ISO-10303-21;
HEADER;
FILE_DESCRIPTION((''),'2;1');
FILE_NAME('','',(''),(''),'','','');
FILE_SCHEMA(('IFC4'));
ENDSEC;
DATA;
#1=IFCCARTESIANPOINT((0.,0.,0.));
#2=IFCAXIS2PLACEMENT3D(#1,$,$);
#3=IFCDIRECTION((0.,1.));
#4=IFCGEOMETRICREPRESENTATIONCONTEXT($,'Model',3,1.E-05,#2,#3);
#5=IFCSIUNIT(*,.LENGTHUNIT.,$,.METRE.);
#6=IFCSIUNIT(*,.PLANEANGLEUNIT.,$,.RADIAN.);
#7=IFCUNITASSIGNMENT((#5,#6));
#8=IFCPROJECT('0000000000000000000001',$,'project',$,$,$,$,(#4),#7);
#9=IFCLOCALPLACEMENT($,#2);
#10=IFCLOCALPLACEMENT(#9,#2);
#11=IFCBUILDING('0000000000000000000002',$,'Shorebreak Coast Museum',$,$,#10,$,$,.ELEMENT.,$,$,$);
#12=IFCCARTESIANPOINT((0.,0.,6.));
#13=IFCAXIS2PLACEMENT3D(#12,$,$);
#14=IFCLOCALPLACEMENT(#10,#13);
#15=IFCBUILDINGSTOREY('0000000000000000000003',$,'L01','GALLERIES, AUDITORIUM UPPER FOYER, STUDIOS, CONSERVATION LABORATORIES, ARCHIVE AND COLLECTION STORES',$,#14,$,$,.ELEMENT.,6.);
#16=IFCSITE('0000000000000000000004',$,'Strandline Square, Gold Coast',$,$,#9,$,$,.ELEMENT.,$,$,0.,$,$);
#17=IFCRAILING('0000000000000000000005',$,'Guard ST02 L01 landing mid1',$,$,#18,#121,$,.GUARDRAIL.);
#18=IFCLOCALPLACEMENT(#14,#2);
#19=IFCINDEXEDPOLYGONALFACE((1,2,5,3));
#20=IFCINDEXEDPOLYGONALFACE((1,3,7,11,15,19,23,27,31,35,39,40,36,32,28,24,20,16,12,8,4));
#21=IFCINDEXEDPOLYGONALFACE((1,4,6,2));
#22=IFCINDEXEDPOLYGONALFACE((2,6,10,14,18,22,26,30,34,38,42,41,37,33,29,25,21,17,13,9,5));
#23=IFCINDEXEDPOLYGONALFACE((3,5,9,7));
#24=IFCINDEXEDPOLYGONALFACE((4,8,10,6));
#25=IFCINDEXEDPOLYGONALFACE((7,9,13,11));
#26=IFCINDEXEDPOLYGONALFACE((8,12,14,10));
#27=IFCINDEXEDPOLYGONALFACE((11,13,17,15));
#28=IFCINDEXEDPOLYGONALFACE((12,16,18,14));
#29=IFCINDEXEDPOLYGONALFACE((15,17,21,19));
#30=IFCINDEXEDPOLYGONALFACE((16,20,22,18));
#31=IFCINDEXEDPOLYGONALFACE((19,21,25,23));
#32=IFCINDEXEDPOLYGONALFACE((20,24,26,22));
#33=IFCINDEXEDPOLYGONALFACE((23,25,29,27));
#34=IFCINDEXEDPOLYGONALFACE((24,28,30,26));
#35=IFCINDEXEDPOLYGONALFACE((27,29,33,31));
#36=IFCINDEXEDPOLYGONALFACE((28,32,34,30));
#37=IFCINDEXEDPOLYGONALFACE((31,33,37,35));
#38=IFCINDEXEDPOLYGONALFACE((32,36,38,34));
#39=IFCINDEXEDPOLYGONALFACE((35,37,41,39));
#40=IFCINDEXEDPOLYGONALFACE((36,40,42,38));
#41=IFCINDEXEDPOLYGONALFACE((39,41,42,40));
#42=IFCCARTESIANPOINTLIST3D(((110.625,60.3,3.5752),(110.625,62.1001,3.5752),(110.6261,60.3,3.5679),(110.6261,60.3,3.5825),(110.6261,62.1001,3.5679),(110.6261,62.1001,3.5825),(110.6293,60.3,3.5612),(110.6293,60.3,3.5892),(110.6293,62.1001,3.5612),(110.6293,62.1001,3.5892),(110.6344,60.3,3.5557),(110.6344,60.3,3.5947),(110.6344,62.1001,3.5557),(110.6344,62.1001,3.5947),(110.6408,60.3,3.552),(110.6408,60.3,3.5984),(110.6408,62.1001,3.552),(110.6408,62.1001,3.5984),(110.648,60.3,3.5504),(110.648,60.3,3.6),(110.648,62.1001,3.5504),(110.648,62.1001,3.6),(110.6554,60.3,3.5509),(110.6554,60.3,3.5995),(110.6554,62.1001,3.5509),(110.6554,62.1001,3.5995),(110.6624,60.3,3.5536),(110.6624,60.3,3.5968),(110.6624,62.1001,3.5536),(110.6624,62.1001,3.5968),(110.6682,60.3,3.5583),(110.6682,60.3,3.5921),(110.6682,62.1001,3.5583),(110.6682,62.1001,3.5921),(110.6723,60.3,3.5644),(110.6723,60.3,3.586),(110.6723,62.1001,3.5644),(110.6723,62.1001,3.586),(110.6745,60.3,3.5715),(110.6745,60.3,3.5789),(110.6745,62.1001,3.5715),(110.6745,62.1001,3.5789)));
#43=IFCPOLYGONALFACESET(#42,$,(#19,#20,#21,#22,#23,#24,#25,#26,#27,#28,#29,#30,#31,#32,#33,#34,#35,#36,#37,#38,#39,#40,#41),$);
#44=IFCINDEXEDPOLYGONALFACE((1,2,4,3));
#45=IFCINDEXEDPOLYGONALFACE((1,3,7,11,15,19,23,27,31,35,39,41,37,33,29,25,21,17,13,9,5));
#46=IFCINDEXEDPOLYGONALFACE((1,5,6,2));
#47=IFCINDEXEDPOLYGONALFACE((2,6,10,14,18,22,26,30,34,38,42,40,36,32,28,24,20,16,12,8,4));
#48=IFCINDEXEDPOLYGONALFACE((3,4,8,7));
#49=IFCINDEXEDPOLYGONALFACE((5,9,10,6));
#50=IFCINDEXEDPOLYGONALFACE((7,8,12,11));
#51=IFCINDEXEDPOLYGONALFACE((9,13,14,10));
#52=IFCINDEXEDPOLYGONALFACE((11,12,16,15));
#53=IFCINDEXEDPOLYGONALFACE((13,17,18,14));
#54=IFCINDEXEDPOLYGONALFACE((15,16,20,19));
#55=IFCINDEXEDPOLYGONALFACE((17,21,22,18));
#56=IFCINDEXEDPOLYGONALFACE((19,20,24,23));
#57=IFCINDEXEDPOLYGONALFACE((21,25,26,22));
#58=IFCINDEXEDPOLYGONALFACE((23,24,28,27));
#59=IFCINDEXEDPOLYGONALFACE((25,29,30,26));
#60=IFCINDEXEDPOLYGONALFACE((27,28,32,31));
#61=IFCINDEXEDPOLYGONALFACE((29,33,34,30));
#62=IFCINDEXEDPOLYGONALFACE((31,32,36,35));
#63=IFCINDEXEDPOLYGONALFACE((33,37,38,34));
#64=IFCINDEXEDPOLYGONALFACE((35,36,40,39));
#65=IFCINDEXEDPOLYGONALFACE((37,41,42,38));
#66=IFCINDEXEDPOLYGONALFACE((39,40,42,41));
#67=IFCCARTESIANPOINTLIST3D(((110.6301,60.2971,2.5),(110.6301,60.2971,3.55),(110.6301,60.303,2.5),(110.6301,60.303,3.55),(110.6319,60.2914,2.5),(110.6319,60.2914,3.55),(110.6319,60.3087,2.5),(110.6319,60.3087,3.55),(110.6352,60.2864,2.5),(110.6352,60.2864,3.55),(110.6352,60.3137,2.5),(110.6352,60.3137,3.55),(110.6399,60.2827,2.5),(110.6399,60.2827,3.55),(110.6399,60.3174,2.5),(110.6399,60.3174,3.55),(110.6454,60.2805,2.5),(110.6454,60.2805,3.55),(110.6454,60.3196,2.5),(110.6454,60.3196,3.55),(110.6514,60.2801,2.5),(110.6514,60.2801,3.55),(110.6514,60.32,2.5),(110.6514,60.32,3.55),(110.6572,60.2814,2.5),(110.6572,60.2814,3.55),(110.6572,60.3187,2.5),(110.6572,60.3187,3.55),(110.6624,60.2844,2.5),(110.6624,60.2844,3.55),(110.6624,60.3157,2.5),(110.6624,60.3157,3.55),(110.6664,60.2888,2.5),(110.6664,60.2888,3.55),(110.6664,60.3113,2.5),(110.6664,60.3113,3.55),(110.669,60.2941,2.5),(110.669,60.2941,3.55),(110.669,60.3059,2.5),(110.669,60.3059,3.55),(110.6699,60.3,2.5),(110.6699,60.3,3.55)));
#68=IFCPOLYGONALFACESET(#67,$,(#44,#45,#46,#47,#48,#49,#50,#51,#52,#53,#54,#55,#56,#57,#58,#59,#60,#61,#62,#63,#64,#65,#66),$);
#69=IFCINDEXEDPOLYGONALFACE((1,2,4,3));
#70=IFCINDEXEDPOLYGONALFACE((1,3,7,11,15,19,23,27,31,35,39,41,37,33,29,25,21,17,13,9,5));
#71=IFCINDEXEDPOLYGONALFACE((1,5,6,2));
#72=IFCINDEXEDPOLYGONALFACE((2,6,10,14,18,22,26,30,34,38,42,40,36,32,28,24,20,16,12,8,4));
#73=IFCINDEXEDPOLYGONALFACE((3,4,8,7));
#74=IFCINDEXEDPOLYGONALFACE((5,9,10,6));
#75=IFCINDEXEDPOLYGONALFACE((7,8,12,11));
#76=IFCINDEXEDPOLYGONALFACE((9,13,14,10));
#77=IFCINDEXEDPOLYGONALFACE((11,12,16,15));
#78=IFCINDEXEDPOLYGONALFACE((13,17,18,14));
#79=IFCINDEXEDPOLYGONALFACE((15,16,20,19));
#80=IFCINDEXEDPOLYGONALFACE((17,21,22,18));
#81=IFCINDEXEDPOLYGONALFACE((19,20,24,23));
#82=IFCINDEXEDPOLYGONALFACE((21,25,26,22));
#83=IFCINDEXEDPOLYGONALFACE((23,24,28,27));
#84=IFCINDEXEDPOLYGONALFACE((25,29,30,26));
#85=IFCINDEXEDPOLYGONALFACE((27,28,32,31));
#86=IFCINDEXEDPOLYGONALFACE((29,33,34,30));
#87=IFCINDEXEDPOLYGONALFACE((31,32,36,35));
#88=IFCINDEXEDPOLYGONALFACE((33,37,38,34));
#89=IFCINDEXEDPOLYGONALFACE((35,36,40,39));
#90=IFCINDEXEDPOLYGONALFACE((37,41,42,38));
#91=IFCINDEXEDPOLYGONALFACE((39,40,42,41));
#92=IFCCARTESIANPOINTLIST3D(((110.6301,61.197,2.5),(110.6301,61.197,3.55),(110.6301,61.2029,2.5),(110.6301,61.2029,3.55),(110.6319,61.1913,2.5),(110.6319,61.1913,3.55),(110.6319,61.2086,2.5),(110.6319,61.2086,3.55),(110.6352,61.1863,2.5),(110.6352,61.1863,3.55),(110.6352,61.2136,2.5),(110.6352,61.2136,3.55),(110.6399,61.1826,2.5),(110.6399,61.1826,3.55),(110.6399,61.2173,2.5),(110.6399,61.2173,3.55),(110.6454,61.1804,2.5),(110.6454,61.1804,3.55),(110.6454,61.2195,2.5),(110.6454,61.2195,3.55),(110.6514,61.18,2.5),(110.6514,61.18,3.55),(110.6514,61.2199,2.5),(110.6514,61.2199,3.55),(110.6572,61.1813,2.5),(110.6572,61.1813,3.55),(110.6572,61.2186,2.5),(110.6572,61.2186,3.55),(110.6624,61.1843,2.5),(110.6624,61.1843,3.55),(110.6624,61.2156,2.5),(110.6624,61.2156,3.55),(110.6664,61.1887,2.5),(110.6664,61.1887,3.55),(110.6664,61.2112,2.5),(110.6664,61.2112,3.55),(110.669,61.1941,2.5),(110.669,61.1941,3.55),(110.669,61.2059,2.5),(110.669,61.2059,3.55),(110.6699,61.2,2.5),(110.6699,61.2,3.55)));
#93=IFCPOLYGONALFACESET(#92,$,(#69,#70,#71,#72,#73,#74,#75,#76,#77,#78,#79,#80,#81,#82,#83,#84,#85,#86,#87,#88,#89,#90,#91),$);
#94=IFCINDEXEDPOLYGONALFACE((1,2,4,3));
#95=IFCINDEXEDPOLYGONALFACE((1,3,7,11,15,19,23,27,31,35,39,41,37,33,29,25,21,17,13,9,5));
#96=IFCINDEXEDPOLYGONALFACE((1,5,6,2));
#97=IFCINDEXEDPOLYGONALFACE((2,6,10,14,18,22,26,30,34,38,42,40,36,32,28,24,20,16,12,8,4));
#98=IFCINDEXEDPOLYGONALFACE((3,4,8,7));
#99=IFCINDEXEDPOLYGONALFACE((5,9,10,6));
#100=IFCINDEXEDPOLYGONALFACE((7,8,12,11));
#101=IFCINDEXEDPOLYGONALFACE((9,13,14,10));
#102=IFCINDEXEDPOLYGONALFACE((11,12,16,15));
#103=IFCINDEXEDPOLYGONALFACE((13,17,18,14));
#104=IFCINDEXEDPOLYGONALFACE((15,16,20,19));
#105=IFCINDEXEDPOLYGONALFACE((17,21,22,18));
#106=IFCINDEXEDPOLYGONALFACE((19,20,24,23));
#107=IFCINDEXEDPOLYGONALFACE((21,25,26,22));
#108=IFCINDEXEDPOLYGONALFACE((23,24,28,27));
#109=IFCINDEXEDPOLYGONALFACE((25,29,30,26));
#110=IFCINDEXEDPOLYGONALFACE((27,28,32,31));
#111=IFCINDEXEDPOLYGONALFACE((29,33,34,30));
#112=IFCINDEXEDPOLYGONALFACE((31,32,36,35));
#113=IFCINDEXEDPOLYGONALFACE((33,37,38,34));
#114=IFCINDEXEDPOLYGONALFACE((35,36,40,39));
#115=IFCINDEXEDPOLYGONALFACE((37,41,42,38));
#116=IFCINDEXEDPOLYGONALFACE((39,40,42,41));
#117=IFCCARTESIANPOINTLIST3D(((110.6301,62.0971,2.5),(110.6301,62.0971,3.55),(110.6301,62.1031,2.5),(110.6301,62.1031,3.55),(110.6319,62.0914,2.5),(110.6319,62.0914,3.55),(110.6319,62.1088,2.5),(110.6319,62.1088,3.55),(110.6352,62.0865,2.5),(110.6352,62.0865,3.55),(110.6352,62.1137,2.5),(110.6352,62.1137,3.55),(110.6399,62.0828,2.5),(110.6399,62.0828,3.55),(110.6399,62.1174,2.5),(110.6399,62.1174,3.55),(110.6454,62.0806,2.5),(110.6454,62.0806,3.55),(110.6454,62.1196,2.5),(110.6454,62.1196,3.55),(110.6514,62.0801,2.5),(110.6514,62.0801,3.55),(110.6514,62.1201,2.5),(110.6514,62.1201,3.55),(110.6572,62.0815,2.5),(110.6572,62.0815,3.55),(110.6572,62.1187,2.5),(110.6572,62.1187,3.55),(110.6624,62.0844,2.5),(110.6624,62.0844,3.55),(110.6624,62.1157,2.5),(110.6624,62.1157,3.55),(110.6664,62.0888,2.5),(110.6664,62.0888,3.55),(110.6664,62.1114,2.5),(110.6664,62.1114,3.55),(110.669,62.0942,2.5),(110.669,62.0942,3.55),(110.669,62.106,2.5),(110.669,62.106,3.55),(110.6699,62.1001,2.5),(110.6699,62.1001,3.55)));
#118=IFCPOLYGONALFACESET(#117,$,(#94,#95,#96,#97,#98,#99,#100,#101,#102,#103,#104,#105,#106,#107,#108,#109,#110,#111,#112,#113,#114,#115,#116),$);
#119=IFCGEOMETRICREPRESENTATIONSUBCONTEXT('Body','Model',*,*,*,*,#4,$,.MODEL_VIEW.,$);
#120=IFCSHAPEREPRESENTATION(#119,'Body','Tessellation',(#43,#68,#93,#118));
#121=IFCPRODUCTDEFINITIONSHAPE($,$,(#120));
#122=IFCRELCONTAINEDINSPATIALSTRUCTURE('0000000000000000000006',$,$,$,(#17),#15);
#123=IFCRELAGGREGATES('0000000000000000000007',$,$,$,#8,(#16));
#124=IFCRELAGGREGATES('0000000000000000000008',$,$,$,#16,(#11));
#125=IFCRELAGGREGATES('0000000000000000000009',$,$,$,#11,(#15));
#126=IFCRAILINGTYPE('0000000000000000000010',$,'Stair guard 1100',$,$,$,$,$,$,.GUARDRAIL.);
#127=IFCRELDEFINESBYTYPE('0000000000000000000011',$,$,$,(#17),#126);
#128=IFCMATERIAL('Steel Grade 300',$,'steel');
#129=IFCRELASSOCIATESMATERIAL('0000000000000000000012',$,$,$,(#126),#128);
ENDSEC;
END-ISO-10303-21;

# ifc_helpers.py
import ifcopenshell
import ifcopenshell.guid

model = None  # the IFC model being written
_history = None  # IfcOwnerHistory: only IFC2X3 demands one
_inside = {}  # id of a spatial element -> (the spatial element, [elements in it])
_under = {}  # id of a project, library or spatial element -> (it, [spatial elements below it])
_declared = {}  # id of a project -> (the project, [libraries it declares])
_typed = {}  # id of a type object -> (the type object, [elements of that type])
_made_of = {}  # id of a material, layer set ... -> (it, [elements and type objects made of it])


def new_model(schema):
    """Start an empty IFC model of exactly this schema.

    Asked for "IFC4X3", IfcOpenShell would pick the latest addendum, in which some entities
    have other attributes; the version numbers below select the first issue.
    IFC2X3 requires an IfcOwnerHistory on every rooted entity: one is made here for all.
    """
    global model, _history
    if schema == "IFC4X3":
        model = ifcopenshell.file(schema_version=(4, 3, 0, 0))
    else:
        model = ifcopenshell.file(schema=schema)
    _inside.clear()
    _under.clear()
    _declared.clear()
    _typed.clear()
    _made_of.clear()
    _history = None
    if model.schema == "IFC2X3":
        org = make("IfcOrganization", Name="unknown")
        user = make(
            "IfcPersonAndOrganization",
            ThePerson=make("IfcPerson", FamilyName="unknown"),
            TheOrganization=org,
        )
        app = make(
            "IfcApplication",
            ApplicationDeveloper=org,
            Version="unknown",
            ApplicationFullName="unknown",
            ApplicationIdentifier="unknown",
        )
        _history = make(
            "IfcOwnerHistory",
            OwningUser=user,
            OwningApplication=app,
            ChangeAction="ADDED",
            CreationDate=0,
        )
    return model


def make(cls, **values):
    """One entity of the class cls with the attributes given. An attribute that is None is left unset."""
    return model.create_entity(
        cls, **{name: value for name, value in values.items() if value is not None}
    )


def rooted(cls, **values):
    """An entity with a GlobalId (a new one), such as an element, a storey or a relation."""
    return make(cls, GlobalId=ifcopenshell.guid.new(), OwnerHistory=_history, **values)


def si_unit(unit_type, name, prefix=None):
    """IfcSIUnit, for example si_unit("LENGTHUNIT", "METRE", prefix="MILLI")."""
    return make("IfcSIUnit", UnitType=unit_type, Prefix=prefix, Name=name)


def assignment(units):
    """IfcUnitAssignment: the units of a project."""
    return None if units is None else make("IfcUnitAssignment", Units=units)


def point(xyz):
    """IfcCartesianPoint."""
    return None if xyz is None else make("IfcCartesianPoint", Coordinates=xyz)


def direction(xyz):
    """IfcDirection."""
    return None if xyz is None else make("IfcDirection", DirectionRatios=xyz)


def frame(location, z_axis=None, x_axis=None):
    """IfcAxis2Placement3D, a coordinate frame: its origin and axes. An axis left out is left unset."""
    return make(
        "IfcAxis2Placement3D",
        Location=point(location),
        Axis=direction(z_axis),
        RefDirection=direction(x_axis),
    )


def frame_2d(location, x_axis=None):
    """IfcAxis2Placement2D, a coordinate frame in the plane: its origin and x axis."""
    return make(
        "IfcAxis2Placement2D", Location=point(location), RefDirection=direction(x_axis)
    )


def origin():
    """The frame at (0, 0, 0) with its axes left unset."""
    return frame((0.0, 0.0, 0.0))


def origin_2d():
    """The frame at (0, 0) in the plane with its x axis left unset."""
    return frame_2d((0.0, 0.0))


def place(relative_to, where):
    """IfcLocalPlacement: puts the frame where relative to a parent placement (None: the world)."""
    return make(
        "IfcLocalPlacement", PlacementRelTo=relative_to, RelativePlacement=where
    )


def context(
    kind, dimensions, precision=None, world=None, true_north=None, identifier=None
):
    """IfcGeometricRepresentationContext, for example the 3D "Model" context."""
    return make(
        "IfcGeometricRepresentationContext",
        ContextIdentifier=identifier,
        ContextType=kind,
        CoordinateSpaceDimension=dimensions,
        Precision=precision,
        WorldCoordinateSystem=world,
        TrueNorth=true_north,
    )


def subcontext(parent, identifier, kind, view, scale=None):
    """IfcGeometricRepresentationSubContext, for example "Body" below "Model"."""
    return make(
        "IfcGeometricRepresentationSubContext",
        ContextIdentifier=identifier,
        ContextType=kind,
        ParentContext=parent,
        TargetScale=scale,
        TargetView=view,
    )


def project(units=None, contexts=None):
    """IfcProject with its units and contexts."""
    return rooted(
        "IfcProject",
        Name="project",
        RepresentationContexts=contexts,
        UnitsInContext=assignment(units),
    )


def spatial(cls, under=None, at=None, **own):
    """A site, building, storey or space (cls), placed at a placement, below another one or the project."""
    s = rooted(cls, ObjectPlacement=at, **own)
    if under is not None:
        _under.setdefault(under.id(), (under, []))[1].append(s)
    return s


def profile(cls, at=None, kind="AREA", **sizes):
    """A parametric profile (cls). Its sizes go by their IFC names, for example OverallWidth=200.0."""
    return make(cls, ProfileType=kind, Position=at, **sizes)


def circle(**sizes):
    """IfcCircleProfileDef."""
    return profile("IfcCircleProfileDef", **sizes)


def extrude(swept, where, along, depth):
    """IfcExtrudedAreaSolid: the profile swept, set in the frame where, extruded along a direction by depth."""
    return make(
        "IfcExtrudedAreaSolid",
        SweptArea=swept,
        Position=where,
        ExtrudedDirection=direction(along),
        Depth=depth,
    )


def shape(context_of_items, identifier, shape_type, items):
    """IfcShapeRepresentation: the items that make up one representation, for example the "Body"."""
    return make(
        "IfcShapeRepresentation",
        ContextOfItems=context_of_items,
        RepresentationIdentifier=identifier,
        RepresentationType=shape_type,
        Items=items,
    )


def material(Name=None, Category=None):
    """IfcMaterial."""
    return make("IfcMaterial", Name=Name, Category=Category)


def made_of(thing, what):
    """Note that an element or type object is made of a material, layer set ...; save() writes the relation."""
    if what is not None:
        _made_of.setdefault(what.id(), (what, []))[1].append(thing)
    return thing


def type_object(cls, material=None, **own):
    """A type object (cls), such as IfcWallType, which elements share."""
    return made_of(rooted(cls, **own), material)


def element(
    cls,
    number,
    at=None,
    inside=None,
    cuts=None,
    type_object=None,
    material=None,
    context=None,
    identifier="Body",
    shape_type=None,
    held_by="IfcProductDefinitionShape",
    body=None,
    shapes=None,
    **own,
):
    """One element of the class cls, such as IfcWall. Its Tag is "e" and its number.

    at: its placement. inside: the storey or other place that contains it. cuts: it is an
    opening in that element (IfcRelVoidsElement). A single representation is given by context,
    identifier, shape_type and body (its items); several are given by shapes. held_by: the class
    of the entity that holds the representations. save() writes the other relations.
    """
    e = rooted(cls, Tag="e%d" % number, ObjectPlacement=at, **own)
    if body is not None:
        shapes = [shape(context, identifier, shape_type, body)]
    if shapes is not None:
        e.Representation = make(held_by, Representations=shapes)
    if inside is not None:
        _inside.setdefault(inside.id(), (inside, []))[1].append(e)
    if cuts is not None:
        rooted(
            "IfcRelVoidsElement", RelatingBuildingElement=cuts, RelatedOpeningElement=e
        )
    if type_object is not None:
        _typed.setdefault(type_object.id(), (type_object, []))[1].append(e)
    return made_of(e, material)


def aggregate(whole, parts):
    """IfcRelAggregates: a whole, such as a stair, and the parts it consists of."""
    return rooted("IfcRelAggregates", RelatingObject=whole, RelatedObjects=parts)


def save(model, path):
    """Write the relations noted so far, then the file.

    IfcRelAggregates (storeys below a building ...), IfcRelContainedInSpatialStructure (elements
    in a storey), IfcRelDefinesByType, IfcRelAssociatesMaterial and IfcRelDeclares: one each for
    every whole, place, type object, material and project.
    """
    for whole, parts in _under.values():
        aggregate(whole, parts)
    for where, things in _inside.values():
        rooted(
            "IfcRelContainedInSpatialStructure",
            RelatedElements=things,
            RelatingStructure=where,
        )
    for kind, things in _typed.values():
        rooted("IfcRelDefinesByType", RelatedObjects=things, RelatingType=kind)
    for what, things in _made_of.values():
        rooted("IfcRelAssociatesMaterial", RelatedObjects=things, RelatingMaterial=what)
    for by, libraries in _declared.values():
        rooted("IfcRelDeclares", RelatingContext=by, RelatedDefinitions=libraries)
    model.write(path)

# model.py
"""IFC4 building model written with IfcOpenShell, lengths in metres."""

from ifc_helpers import new_model, si_unit, direction, frame, origin, origin_2d, place, context, subcontext, project, spatial, circle, extrude, material, type_object, element, save


model = new_model("IFC4")

# Units and contexts
model_context = context("Model", 3, precision=1e-05, world=origin(), true_north=direction((0.0, 1.0)))
body_context = subcontext(model_context, "Body", "Model", "MODEL_VIEW")
ifc_project = project(units=[si_unit("LENGTHUNIT", "METRE"), si_unit("PLANEANGLEUNIT", "RADIAN")], contexts=[model_context])

# Site, building, storey
site_placement = place(None, origin())
site = spatial("IfcSite", under=ifc_project, at=site_placement, Name="Strandline Square, Gold Coast", CompositionType="ELEMENT", RefElevation=0.0)
building_placement = place(site_placement, origin())
building = spatial("IfcBuilding", under=site, at=building_placement, Name="Shorebreak Coast Museum", CompositionType="ELEMENT")
storey_placement = place(building_placement, frame((0.0, 0.0, 6.0)))
storey = spatial("IfcBuildingStorey", under=building, at=storey_placement, Name="L01", Description="GALLERIES, AUDITORIUM UPPER FOYER, STUDIOS, CONSERVATION LABORATORIES, ARCHIVE AND COLLECTION STORES", CompositionType="ELEMENT", Elevation=6.0)

# Railing
ifc_material_1 = material(Name="Steel Grade 300", Category="steel")
railing_type_1 = type_object("IfcRailingType", Name="Stair guard 1100", PredefinedType="GUARDRAIL", material=ifc_material_1)
for number, where, name in (
    (1, (110.6499, 60.3, 2.5), "Guard ST02 L01 landing mid1"),
):
    element("IfcRailing", number, at=place(storey_placement, frame(where)), inside=storey, type_object=railing_type_1, Name=name, PredefinedType="GUARDRAIL", context=body_context, shape_type="SweptSolid", body=[
        extrude(circle(Radius=0.0249, at=origin_2d()), frame((0.0, 0.0, 1.0752), z_axis=(0.0, 1.0, 0.0), x_axis=(-1.0, 0.0, 0.0)), (0.0, 0.0, 1.0), 1.8),
        extrude(circle(Radius=0.02, at=origin_2d()), origin(), (0.0, 0.0, 1.0), 1.05),
        extrude(circle(Radius=0.02, at=origin_2d()), frame((0.0, 0.8999, 0.0)), (0.0, 0.0, 1.0), 1.05),
        extrude(circle(Radius=0.02, at=origin_2d()), frame((0.0, 1.8, 0.0)), (0.0, 0.0, 1.0), 1.05),
    ])

save(model, "model.ifc")
